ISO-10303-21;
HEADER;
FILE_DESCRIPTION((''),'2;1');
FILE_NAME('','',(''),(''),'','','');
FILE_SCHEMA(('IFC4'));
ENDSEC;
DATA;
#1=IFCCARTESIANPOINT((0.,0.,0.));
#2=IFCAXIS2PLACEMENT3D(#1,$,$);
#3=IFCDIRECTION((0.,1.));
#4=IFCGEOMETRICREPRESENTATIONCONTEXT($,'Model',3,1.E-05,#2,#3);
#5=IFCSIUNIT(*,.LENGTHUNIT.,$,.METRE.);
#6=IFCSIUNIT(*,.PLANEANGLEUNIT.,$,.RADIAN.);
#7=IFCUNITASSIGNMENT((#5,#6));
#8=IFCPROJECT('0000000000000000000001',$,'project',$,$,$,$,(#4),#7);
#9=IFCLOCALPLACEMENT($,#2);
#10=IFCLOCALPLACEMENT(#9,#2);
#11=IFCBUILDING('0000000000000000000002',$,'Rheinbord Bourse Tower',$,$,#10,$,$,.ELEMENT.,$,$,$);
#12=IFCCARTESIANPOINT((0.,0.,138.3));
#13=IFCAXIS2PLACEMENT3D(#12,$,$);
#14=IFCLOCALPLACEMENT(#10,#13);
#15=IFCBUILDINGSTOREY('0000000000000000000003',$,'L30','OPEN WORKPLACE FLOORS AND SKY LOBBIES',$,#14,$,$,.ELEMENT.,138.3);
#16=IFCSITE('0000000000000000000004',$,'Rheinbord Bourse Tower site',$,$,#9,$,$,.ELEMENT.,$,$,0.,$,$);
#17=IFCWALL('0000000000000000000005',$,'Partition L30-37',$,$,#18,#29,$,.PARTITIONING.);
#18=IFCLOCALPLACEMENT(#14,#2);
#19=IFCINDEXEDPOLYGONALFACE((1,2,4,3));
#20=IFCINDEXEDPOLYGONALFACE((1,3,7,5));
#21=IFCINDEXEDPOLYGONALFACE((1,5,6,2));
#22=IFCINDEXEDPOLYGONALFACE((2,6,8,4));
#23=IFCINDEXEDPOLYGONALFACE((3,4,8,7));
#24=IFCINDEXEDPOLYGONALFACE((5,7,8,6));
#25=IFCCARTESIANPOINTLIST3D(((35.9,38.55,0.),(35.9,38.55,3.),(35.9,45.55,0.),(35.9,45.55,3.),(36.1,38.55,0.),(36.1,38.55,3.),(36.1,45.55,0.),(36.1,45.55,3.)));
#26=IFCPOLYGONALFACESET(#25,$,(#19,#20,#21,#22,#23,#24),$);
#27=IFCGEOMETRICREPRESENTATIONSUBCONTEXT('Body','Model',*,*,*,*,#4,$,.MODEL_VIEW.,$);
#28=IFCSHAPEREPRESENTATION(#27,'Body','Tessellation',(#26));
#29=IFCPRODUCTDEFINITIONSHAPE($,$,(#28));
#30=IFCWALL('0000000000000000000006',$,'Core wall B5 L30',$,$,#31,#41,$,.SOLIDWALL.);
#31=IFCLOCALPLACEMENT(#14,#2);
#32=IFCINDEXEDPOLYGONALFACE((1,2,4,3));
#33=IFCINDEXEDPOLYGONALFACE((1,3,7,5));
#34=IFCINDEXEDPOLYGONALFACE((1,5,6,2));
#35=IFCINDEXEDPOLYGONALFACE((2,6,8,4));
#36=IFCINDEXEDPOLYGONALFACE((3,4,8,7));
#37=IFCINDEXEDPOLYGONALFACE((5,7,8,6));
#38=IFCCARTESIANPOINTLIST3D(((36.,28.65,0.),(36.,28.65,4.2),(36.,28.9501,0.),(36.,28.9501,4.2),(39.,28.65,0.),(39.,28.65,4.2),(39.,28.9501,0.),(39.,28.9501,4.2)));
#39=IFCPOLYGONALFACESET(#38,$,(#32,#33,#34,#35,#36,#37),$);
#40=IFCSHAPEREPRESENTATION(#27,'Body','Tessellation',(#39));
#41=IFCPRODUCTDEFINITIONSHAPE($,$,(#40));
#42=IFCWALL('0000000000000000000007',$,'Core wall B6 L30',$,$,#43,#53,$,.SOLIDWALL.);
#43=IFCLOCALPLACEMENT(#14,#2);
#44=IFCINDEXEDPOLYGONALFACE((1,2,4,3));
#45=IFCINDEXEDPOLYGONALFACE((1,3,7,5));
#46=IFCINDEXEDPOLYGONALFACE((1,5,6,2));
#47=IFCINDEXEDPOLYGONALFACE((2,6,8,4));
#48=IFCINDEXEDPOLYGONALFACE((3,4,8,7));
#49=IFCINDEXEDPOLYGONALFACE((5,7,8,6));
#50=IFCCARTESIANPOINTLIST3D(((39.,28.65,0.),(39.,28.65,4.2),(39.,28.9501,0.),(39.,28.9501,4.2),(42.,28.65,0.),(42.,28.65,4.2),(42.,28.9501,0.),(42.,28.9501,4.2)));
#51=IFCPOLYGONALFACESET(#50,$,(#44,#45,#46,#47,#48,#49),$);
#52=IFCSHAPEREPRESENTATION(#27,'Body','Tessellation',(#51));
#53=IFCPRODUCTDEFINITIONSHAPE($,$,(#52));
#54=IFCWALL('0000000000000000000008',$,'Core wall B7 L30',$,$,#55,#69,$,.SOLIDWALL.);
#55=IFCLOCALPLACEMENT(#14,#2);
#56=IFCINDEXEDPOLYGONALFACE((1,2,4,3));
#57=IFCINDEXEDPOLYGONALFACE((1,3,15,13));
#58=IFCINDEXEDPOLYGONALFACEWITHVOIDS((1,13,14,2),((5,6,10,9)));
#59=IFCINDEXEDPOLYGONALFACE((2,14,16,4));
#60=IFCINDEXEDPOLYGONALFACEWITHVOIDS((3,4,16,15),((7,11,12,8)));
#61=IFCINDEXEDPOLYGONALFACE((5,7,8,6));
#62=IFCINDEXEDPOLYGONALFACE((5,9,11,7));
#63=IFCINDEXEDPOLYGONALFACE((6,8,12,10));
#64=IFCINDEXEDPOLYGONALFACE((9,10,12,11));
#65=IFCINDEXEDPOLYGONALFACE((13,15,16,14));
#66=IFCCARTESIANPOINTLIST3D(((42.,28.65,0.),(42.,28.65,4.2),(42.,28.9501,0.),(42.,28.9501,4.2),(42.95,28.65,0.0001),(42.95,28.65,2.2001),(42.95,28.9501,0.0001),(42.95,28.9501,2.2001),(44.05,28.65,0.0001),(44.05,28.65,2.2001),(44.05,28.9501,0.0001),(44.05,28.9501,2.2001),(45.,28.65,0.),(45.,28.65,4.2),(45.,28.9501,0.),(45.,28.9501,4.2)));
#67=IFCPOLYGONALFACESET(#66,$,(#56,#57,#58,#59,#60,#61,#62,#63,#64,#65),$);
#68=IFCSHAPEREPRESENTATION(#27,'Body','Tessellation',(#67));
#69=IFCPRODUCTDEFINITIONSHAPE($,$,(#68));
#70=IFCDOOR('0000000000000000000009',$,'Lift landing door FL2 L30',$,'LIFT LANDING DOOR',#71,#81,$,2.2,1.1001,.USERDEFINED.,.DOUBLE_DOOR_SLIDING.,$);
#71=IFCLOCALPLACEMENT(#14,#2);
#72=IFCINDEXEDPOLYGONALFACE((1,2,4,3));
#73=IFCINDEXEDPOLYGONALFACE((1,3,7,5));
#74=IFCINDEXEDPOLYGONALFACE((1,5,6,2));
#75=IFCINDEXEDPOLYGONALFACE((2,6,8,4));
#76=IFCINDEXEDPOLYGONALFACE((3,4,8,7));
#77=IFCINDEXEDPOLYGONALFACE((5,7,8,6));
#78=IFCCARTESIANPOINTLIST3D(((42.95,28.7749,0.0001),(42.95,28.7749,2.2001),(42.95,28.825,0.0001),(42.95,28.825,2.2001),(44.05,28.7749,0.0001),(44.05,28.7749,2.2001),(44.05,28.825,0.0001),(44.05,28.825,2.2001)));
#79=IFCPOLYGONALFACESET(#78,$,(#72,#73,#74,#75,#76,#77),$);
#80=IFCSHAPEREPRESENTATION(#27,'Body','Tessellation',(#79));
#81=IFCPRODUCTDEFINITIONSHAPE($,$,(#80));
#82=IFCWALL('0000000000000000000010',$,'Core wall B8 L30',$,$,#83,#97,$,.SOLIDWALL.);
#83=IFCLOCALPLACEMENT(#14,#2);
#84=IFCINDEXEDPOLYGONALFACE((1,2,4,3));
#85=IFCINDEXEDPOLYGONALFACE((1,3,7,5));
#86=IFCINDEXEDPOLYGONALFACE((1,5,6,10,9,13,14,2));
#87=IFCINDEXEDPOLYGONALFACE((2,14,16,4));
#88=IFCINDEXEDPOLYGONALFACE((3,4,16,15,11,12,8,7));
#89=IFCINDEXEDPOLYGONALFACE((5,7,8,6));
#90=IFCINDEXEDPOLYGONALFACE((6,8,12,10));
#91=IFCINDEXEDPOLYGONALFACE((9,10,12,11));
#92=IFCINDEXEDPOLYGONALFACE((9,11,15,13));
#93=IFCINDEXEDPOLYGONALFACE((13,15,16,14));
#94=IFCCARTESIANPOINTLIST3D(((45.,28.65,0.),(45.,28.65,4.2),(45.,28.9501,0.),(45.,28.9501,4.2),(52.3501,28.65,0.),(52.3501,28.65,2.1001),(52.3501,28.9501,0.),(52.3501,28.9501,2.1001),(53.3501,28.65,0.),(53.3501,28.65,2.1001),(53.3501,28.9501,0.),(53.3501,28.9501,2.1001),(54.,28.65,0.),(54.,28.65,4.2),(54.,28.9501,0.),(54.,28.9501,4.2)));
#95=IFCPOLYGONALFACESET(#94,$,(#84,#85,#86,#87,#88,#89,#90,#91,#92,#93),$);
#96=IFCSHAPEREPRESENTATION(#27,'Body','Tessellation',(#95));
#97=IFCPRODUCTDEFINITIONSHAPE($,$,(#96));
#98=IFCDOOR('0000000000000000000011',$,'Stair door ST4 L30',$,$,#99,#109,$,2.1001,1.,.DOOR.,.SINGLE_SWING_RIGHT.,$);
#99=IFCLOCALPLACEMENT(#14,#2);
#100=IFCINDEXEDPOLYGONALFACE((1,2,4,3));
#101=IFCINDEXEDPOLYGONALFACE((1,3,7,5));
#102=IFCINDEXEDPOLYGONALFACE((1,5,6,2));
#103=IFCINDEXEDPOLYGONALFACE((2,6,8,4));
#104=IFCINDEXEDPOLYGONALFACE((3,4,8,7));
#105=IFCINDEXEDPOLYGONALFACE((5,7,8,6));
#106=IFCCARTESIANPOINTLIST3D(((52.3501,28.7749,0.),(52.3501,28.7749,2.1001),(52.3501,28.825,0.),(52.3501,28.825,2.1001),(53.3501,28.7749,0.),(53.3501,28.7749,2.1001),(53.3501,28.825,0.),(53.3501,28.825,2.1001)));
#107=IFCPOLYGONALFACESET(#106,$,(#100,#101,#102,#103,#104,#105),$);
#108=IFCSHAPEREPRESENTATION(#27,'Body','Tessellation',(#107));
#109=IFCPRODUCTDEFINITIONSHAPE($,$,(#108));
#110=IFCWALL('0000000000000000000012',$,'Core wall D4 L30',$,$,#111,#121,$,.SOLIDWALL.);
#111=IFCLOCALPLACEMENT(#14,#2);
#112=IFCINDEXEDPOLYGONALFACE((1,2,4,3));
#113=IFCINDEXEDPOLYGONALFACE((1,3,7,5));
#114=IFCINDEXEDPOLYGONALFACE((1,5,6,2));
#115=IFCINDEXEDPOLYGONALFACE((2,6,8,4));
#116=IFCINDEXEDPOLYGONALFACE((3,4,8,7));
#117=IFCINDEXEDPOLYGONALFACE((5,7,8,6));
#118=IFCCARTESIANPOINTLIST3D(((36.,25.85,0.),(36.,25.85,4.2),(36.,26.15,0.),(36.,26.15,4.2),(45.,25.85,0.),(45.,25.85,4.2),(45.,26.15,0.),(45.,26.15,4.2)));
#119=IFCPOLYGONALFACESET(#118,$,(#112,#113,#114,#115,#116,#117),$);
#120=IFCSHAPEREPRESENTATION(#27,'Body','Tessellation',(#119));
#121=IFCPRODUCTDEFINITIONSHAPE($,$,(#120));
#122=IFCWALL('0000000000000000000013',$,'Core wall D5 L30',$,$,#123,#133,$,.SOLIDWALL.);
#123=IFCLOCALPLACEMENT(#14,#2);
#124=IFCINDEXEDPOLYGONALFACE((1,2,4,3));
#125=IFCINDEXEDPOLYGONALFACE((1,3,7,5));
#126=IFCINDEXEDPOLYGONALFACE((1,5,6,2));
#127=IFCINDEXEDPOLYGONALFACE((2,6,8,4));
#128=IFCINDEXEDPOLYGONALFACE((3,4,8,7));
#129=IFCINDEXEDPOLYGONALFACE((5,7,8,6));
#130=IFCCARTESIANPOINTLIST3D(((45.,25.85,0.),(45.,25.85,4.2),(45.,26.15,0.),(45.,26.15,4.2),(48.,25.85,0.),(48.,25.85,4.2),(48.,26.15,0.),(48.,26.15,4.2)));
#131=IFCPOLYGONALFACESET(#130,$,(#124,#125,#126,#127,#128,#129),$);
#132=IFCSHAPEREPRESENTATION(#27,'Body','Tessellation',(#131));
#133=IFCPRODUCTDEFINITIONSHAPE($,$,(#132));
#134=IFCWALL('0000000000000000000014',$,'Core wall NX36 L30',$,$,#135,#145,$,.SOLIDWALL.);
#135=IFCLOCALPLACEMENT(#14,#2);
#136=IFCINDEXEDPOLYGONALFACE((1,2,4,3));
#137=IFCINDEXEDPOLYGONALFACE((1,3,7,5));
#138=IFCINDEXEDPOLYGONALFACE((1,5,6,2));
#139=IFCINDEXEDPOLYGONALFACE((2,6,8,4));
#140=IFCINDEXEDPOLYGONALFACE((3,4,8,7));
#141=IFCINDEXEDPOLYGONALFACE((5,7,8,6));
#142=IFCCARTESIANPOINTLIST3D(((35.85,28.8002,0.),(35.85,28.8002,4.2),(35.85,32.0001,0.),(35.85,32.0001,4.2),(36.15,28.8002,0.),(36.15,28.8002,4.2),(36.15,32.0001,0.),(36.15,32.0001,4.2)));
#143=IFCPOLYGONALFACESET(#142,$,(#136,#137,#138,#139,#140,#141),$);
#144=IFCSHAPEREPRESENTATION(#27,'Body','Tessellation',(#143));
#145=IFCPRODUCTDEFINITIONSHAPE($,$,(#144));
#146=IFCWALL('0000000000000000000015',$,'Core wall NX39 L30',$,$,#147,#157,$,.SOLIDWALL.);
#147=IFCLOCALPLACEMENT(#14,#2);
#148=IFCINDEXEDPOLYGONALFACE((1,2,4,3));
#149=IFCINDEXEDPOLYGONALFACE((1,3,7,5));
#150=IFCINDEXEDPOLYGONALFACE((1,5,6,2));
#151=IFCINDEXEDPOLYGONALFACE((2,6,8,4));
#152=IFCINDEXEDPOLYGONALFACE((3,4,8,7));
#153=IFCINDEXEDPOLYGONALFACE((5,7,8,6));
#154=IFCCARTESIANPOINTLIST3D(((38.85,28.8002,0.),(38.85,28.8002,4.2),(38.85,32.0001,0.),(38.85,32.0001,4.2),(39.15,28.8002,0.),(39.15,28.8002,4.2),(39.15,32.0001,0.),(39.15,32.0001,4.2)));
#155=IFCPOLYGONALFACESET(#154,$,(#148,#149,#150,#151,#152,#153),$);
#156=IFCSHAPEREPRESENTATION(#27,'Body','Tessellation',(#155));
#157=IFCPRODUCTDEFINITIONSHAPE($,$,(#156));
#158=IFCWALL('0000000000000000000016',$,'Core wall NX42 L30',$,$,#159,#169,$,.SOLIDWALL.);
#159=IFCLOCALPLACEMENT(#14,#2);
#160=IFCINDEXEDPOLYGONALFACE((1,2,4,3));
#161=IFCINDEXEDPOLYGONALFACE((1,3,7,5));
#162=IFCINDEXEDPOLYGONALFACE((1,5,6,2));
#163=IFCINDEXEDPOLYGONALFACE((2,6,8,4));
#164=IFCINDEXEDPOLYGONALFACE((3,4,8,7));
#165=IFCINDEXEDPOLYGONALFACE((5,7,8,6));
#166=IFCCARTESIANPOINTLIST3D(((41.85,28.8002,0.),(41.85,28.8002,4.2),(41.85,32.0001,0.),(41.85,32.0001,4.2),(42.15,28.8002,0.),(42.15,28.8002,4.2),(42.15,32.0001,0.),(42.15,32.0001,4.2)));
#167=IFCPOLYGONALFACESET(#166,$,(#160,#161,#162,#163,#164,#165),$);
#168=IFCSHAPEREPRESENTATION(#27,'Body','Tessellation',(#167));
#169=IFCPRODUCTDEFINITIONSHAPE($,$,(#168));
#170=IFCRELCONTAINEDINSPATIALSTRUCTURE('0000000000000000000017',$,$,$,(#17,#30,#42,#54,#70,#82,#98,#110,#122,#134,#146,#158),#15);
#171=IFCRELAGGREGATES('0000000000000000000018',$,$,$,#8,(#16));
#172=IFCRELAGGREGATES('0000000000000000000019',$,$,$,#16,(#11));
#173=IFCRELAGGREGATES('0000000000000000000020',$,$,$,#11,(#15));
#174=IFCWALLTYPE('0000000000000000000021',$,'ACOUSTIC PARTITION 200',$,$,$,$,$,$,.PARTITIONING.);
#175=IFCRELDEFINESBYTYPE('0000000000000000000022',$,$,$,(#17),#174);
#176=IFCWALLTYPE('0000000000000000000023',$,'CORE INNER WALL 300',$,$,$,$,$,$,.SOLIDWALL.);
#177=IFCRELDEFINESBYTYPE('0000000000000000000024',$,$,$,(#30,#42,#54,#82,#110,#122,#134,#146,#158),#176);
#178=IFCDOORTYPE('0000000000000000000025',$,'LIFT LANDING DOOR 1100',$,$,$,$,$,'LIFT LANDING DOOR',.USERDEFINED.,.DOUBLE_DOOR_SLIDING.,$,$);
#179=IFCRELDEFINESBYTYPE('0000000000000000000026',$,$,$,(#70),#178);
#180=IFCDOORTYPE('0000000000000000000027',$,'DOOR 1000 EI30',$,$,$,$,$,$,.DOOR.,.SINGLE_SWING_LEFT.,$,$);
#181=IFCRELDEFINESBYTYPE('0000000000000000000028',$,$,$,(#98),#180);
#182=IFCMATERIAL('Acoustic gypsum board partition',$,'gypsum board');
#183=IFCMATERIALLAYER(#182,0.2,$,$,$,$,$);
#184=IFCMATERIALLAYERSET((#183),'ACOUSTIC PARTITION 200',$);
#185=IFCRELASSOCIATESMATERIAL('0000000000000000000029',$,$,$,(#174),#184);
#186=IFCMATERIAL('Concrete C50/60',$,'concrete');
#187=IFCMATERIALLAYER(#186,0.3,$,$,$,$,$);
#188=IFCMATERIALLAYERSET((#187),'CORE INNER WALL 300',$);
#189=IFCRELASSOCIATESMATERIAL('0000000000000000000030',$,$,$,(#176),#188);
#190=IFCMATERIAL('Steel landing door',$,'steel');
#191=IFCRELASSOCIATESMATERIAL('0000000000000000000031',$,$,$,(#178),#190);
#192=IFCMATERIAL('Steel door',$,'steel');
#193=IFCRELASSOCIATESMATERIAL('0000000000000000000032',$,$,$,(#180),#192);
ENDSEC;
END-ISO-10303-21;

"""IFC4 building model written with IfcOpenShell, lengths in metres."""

from ifc_helpers import new_model, si_unit, direction, frame, frame_2d, origin, place, context, subcontext, project, spatial, rectangle, extrude, material, layer, layer_set, type_object, element, fill, save


model = new_model("IFC4")

# Units and contexts
model_context = context("Model", 3, precision=1e-05, world=origin(), true_north=direction((0.0, 1.0)))
body_context = subcontext(model_context, "Body", "Model", "MODEL_VIEW")
ifc_project = project(units=[si_unit("LENGTHUNIT", "METRE"), si_unit("PLANEANGLEUNIT", "RADIAN")], contexts=[model_context])

# Site, building, storey
site_placement = place(None, origin())
site = spatial("IfcSite", under=ifc_project, at=site_placement, Name="Rheinbord Bourse Tower site", CompositionType="ELEMENT", RefElevation=0.0)
building_placement = place(site_placement, origin())
building = spatial("IfcBuilding", under=site, at=building_placement, Name="Rheinbord Bourse Tower", CompositionType="ELEMENT")
storey_placement = place(building_placement, frame((0.0, 0.0, 138.3)))
storey = spatial("IfcBuildingStorey", under=building, at=storey_placement, Name="L30", Description="OPEN WORKPLACE FLOORS AND SKY LOBBIES", CompositionType="ELEMENT", Elevation=138.3)

# Walls
ifc_material_1 = material(Name="Acoustic gypsum board partition", Category="gypsum board")
ifc_layer_1 = layer(ifc_material_1, 0.2)
ifc_layer_set_1 = layer_set([ifc_layer_1], Name="ACOUSTIC PARTITION 200")
wall_type_1 = type_object("IfcWallType", Name="ACOUSTIC PARTITION 200", PredefinedType="PARTITIONING", material=ifc_layer_set_1)
wall_1_placement = place(storey_placement, frame((36.0, 38.55, 0.0), z_axis=(0.0, 0.0, 1.0), x_axis=(0.0, 1.0, 0.0)))
element("IfcWall", 1, at=wall_1_placement, inside=storey, type_object=wall_type_1, Name="Partition L30-37", PredefinedType="PARTITIONING", context=body_context, shape_type="SweptSolid", body=[
    extrude(rectangle(XDim=7.0, YDim=0.2, at=frame_2d((3.5, 0.0))), origin(), (0.0, 0.0, 1.0), 3.0),
])
ifc_material_2 = material(Name="Concrete C50/60", Category="concrete")
ifc_layer_2 = layer(ifc_material_2, 0.3)
ifc_layer_set_2 = layer_set([ifc_layer_2], Name="CORE INNER WALL 300")
wall_type_2 = type_object("IfcWallType", Name="CORE INNER WALL 300", PredefinedType="SOLIDWALL", material=ifc_layer_set_2)
for number, where, z_axis, x_axis, name in (
    (2, (36.0, 28.8, 0.0), (0.0, 0.0, 1.0), (1.0, 0.0, 0.0), "Core wall B5 L30"),
    (3, (39.0, 28.8, 0.0), (0.0, 0.0, 1.0), (1.0, 0.0, 0.0), "Core wall B6 L30"),
):
    element("IfcWall", number, at=place(storey_placement, frame(where, z_axis=z_axis, x_axis=x_axis)), inside=storey, type_object=wall_type_2, Name=name, PredefinedType="SOLIDWALL", context=body_context, shape_type="SweptSolid", body=[
        extrude(rectangle(XDim=3.0, YDim=0.3, at=frame_2d((1.5, 0.0))), origin(), (0.0, 0.0, 1.0), 4.2),
    ])

# Walls, openings, doors
wall_2_placement = place(storey_placement, frame((42.0, 28.8, 0.0), z_axis=(0.0, 0.0, 1.0), x_axis=(1.0, 0.0, 0.0)))
wall_2 = element("IfcWall", 4, at=wall_2_placement, inside=storey, type_object=wall_type_2, Name="Core wall B7 L30", PredefinedType="SOLIDWALL", context=body_context, shape_type="SweptSolid", body=[
    extrude(rectangle(XDim=3.0, YDim=0.3, at=frame_2d((1.5, 0.0))), origin(), (0.0, 0.0, 1.0), 4.2),
])
opening_1_placement = place(wall_2_placement, frame((0.95, 0.0, 0.0)))
opening_1 = element("IfcOpeningElement", 5, at=opening_1_placement, cuts=wall_2, PredefinedType="OPENING", context=body_context, shape_type="SweptSolid", body=[
    extrude(rectangle(XDim=1.1001, YDim=2.2, at=frame_2d((0.55, 1.1001))), frame((0.0, 0.1599, 0.0), z_axis=(0.0, -1.0, 0.0), x_axis=(1.0, 0.0, 0.0)), (0.0, 0.0, 1.0), 0.3201),
])
ifc_material_3 = material(Name="Steel landing door", Category="steel")
door_type_1 = type_object("IfcDoorType", Name="LIFT LANDING DOOR 1100", ElementType="LIFT LANDING DOOR", OperationType="DOUBLE_DOOR_SLIDING", PredefinedType="USERDEFINED", material=ifc_material_3)
door_1_placement = place(opening_1_placement, origin())
door_1 = element("IfcDoor", 6, at=door_1_placement, inside=storey, type_object=door_type_1, Name="Lift landing door FL2 L30", ObjectType="LIFT LANDING DOOR", OperationType="DOUBLE_DOOR_SLIDING", OverallHeight=2.2, OverallWidth=1.1001, PredefinedType="USERDEFINED", context=body_context, shape_type="SweptSolid", body=[
    extrude(rectangle(XDim=1.1001, YDim=2.2, at=frame_2d((0.55, 1.1001))), frame((0.0, 0.0249, 0.0), z_axis=(0.0, -1.0, 0.0), x_axis=(1.0, 0.0, 0.0)), (0.0, 0.0, 1.0), 0.05),
])
fill(opening_1, door_1)
wall_3_placement = place(storey_placement, frame((45.0, 28.8, 0.0), z_axis=(0.0, 0.0, 1.0), x_axis=(1.0, 0.0, 0.0)))
wall_3 = element("IfcWall", 7, at=wall_3_placement, inside=storey, type_object=wall_type_2, Name="Core wall B8 L30", PredefinedType="SOLIDWALL", context=body_context, shape_type="SweptSolid", body=[
    extrude(rectangle(XDim=9.0, YDim=0.3, at=frame_2d((4.5, 0.0))), origin(), (0.0, 0.0, 1.0), 4.2),
])
opening_2_placement = place(wall_3_placement, frame((7.3501, 0.0, 0.0)))
opening_2 = element("IfcOpeningElement", 8, at=opening_2_placement, cuts=wall_3, PredefinedType="OPENING", context=body_context, shape_type="SweptSolid", body=[
    extrude(rectangle(XDim=1.0, YDim=2.1001, at=frame_2d((0.5, 1.05))), frame((0.0, 0.1599, 0.0), z_axis=(0.0, -1.0, 0.0), x_axis=(1.0, 0.0, 0.0)), (0.0, 0.0, 1.0), 0.3201),
])
ifc_material_4 = material(Name="Steel door", Category="steel")
door_type_2 = type_object("IfcDoorType", Name="DOOR 1000 EI30", OperationType="SINGLE_SWING_LEFT", PredefinedType="DOOR", material=ifc_material_4)
door_2_placement = place(opening_2_placement, origin())
door_2 = element("IfcDoor", 9, at=door_2_placement, inside=storey, type_object=door_type_2, Name="Stair door ST4 L30", OperationType="SINGLE_SWING_RIGHT", OverallHeight=2.1001, OverallWidth=1.0, PredefinedType="DOOR", context=body_context, shape_type="SweptSolid", body=[
    extrude(rectangle(XDim=1.0, YDim=2.1001, at=frame_2d((0.5, 1.05))), frame((0.0, 0.0249, 0.0), z_axis=(0.0, -1.0, 0.0), x_axis=(1.0, 0.0, 0.0)), (0.0, 0.0, 1.0), 0.05),
])
fill(opening_2, door_2)

# Walls
wall_4_placement = place(storey_placement, frame((36.0, 26.0, 0.0), z_axis=(0.0, 0.0, 1.0), x_axis=(1.0, 0.0, 0.0)))
element("IfcWall", 10, at=wall_4_placement, inside=storey, type_object=wall_type_2, Name="Core wall D4 L30", PredefinedType="SOLIDWALL", context=body_context, shape_type="SweptSolid", body=[
    extrude(rectangle(XDim=9.0, YDim=0.3, at=frame_2d((4.5, 0.0))), origin(), (0.0, 0.0, 1.0), 4.2),
])
wall_5_placement = place(storey_placement, frame((45.0, 26.0, 0.0), z_axis=(0.0, 0.0, 1.0), x_axis=(1.0, 0.0, 0.0)))
element("IfcWall", 11, at=wall_5_placement, inside=storey, type_object=wall_type_2, Name="Core wall D5 L30", PredefinedType="SOLIDWALL", context=body_context, shape_type="SweptSolid", body=[
    extrude(rectangle(XDim=3.0, YDim=0.3, at=frame_2d((1.5, 0.0))), origin(), (0.0, 0.0, 1.0), 4.2),
])
for number, where, z_axis, x_axis, name in (
    (12, (36.0, 28.8, 0.0), (0.0, 0.0, 1.0), (0.0, 1.0, 0.0), "Core wall NX36 L30"),
    (13, (39.0, 28.8, 0.0), (0.0, 0.0, 1.0), (0.0, 1.0, 0.0), "Core wall NX39 L30"),
    (14, (42.0, 28.8, 0.0), (0.0, 0.0, 1.0), (0.0, 1.0, 0.0), "Core wall NX42 L30"),
):
    element("IfcWall", number, at=place(storey_placement, frame(where, z_axis=z_axis, x_axis=x_axis)), inside=storey, type_object=wall_type_2, Name=name, PredefinedType="SOLIDWALL", context=body_context, shape_type="SweptSolid", body=[
        extrude(rectangle(XDim=3.2, YDim=0.3, at=frame_2d((1.6001, 0.0))), origin(), (0.0, 0.0, 1.0), 4.2),
    ])

save(model, "model.ifc")
